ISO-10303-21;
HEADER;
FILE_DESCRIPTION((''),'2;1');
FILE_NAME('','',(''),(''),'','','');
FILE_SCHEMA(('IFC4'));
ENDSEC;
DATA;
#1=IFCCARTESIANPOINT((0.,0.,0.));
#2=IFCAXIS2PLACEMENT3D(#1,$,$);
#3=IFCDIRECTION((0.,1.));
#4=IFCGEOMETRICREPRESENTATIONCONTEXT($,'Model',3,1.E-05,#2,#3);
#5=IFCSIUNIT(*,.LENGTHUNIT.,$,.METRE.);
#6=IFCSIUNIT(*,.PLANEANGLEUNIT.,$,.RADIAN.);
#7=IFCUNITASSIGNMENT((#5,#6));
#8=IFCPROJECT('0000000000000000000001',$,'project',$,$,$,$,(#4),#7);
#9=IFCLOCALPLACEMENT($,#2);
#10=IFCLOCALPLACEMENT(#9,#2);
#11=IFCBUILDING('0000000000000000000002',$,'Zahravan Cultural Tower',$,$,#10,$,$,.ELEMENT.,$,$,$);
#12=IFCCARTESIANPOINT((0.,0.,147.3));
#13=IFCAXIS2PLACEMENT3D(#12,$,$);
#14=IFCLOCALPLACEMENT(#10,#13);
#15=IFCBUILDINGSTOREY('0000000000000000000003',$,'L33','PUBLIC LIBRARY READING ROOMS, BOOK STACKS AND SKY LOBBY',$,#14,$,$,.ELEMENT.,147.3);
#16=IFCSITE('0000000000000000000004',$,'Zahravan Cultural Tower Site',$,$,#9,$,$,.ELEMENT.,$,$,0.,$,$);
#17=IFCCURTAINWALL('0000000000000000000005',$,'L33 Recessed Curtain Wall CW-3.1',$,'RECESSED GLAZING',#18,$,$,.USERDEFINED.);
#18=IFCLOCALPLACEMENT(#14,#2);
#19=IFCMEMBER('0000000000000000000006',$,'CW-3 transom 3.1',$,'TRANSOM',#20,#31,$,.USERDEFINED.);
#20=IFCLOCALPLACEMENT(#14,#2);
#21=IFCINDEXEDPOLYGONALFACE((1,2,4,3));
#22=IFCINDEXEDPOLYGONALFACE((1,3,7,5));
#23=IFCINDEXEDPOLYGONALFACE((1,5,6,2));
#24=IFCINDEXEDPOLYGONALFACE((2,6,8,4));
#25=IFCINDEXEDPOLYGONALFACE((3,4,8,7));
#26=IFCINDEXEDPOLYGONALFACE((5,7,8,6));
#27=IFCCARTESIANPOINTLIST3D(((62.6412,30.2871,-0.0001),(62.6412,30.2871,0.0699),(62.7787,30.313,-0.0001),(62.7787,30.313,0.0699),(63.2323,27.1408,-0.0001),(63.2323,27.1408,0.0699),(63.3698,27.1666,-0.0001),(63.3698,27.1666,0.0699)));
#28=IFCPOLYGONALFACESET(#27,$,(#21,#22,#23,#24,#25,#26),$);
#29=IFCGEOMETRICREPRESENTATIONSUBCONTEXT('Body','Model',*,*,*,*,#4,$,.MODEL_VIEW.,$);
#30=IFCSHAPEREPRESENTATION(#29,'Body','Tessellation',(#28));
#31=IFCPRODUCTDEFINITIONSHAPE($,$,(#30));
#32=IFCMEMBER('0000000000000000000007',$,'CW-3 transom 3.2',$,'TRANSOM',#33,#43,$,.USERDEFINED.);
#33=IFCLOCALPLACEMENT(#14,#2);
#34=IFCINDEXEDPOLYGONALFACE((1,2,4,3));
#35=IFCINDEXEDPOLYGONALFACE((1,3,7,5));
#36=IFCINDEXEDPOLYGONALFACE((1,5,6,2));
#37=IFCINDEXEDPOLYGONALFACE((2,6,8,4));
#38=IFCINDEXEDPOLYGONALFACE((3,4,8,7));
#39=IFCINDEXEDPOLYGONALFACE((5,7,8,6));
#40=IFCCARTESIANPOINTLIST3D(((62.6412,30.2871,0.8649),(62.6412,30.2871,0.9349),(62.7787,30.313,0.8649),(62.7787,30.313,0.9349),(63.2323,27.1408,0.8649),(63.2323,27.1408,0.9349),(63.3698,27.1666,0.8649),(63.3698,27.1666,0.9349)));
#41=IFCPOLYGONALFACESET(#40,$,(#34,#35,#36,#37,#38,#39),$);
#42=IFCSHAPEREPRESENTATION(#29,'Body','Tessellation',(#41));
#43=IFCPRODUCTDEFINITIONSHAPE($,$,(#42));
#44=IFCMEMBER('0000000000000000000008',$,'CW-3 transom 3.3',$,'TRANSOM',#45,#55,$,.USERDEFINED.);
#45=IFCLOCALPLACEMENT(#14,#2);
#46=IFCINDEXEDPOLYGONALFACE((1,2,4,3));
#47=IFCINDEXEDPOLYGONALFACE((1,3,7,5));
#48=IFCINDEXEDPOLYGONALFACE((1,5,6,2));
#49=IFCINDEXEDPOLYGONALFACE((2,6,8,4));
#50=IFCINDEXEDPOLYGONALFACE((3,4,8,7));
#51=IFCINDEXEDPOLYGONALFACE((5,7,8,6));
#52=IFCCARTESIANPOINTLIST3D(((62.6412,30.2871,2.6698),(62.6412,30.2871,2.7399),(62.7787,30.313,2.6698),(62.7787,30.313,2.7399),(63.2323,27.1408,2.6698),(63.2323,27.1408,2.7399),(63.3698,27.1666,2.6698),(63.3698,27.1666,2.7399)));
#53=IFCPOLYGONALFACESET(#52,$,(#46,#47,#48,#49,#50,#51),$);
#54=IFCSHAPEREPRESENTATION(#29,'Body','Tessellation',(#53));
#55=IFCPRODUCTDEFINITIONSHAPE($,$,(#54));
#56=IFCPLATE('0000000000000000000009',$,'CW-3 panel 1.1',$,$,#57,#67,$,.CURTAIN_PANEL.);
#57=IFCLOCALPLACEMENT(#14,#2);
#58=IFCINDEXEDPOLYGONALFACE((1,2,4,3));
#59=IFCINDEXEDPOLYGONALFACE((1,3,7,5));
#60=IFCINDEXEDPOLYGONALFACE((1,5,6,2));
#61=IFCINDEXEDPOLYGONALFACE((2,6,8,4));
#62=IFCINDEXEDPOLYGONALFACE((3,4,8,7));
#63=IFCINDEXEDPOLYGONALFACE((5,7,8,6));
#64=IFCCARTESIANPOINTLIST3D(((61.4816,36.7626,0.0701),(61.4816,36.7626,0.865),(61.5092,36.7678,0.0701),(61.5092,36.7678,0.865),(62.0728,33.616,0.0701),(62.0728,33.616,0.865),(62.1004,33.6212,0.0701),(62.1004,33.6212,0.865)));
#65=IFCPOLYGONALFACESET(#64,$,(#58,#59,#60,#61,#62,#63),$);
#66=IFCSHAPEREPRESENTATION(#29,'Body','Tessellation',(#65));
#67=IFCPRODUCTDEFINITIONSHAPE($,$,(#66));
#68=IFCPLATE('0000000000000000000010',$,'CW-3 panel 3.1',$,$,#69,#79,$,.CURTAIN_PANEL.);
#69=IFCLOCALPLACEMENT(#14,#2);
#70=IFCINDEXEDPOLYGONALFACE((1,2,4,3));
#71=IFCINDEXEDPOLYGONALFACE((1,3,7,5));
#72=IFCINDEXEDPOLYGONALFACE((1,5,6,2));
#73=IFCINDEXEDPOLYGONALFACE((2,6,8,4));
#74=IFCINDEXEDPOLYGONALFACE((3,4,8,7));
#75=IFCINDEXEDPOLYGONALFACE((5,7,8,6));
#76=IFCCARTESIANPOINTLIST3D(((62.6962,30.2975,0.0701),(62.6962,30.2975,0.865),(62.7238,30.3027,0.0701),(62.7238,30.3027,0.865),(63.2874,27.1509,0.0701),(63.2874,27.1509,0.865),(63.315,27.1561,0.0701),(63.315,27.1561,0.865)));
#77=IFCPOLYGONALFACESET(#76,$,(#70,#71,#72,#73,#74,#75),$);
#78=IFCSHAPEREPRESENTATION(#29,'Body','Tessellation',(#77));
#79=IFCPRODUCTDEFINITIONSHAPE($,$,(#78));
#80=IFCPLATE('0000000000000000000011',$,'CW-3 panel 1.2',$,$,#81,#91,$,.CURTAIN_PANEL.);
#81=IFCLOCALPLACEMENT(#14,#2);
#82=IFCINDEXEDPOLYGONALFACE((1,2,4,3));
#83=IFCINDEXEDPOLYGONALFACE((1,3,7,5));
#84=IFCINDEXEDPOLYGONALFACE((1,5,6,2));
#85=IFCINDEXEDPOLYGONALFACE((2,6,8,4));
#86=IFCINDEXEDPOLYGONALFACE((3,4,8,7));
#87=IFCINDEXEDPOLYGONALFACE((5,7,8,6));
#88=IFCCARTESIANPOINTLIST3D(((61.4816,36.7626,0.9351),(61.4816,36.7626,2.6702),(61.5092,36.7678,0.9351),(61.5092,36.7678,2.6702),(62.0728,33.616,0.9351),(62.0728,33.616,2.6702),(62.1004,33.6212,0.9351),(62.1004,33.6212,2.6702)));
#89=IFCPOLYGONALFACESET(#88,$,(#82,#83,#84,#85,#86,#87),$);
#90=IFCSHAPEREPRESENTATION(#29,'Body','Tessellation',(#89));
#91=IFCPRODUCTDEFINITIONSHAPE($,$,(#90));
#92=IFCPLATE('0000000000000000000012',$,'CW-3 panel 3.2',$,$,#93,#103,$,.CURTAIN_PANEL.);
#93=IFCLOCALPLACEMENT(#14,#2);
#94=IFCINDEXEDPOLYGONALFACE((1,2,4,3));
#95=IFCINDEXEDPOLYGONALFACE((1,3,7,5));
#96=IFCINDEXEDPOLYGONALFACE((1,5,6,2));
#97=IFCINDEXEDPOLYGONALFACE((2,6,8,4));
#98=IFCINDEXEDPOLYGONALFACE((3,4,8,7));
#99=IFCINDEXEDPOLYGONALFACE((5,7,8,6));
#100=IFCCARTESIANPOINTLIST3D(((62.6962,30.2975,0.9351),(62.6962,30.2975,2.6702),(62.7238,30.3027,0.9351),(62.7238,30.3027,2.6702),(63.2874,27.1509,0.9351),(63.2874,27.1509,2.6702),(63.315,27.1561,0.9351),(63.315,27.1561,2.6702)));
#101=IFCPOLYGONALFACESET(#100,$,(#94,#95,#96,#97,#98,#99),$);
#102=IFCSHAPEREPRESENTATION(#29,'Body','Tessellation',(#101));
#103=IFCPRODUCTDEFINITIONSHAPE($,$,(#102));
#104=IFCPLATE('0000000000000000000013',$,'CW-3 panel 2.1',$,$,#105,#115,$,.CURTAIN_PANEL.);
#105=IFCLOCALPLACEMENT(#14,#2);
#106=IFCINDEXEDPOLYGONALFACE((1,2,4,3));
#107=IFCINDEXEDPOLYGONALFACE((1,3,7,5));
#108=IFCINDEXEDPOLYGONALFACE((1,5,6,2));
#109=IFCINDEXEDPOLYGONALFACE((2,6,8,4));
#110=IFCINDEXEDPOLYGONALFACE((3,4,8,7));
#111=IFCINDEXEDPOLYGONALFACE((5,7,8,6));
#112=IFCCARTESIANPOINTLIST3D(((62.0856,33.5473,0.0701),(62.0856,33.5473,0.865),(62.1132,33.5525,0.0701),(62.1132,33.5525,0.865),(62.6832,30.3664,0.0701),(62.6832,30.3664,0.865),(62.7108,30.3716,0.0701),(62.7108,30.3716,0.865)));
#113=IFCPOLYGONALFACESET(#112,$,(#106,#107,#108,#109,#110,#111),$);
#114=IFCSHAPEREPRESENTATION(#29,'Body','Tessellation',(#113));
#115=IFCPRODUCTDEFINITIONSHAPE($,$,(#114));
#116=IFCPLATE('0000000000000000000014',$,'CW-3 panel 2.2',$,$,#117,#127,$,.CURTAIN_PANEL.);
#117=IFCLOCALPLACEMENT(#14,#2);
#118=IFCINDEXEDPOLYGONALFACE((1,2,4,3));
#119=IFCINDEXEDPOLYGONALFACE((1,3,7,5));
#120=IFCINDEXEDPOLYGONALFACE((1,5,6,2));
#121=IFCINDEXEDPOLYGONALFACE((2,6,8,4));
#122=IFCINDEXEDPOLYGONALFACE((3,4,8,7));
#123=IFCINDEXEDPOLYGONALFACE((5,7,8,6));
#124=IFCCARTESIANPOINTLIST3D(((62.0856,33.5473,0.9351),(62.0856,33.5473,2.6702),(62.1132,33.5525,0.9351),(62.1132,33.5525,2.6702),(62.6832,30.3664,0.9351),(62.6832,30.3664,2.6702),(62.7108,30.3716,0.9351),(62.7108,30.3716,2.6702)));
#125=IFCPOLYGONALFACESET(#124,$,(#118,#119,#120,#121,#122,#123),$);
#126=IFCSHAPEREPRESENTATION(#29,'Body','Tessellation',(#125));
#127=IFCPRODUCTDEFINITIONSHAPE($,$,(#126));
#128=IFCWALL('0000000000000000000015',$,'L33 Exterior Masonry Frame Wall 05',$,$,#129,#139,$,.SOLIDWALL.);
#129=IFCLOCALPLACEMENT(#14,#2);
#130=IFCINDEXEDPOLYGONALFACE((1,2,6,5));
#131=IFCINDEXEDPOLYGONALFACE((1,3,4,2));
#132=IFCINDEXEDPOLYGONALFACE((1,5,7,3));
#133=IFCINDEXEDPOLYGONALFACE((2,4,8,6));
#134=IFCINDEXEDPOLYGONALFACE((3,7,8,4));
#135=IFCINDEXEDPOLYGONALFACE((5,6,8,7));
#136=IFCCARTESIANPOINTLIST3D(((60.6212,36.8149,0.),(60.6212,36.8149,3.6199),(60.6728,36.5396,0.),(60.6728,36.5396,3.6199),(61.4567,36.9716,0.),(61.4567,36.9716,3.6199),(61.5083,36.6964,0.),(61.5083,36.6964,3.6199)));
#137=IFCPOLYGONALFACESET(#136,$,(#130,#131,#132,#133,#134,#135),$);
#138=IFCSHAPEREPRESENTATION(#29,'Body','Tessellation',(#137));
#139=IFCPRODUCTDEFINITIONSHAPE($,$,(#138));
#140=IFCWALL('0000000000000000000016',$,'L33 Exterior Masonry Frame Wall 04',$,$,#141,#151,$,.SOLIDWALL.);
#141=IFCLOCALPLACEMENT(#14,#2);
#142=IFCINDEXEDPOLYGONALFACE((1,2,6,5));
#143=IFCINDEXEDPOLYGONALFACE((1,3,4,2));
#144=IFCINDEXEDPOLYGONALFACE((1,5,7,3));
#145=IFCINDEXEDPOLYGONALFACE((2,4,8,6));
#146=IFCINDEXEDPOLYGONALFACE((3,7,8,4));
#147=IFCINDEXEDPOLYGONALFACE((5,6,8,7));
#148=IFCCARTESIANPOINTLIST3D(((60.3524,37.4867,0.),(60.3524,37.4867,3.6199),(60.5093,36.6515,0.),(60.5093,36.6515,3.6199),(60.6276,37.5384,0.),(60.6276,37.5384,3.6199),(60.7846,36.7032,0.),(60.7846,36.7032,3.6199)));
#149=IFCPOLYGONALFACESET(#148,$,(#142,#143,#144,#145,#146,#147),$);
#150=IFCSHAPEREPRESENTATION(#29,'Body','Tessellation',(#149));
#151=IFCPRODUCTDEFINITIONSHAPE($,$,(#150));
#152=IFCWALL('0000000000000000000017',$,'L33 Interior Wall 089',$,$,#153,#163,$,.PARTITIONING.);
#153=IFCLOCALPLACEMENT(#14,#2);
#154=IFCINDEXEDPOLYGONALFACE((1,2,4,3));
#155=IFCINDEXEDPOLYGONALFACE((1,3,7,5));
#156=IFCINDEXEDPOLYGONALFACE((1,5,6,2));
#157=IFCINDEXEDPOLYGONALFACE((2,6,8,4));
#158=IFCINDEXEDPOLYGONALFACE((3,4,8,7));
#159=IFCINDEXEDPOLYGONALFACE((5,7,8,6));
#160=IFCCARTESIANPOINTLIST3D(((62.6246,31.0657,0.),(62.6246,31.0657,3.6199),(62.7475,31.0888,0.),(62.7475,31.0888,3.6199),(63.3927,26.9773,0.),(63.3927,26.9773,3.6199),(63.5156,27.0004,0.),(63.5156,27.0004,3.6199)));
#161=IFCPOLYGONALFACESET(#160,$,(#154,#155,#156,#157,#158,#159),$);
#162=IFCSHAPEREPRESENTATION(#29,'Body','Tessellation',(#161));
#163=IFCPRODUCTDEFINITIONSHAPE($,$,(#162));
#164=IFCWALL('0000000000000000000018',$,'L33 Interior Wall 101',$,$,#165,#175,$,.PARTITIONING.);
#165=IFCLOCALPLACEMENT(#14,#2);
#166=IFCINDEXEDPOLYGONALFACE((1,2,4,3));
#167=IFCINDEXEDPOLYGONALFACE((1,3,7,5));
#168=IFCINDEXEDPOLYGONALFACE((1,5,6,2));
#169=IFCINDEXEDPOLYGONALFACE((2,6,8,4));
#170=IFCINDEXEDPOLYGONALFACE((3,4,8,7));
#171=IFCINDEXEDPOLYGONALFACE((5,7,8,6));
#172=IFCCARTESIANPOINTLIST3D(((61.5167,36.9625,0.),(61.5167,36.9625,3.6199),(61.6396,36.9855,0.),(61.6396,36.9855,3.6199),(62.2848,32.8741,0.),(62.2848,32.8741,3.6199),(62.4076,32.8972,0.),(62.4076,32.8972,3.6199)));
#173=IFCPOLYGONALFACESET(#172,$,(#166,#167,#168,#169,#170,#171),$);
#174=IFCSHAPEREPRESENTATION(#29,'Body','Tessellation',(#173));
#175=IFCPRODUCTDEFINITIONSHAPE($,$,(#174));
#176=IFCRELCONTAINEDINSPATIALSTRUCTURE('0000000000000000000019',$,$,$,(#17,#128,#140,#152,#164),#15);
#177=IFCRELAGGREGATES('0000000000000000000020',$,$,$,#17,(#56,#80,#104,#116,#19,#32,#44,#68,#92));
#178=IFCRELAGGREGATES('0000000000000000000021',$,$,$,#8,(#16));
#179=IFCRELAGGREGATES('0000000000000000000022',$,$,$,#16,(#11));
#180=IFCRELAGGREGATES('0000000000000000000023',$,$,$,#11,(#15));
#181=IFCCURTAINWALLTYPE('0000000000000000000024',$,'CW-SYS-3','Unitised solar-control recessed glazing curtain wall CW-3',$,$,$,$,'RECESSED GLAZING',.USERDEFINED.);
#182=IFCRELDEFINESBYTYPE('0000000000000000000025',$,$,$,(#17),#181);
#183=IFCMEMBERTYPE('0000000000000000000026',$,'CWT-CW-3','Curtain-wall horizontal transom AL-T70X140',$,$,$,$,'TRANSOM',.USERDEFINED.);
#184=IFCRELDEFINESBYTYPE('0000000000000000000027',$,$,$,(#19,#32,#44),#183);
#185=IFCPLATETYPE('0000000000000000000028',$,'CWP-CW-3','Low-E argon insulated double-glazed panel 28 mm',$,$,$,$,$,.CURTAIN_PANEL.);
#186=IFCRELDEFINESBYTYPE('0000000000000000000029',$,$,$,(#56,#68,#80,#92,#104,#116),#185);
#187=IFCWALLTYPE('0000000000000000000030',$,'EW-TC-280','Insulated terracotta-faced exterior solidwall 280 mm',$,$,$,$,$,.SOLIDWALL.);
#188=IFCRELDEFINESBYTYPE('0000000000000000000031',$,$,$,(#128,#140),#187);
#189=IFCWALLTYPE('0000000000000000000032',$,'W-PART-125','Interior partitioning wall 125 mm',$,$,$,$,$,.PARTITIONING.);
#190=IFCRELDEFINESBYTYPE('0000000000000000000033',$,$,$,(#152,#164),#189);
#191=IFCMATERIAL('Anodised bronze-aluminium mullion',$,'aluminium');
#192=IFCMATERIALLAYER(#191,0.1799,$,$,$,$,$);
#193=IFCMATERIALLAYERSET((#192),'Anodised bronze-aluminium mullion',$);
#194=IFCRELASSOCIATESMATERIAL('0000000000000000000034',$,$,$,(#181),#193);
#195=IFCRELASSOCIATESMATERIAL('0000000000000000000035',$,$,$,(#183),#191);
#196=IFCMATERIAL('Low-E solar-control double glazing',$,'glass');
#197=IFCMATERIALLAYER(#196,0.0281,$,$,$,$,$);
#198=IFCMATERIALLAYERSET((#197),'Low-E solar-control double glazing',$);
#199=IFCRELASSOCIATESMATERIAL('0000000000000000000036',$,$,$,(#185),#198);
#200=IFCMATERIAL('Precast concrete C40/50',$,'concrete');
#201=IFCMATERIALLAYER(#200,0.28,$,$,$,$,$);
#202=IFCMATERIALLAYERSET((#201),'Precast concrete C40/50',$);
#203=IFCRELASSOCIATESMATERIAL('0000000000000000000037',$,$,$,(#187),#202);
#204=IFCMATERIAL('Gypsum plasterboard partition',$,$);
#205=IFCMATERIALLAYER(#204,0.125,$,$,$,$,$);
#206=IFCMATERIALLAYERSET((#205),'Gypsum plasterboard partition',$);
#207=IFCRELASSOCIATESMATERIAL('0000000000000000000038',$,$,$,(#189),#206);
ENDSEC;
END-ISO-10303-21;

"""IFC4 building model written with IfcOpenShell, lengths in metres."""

from ifc_helpers import new_model, si_unit, direction, frame, frame_2d, origin, origin_2d, place, context, subcontext, project, spatial, rectangle, extrude, source, transform, mapped, material, layer, layer_set, material_profile, profile_set, type_object, element, aggregate, save


model = new_model("IFC4")

# Units and contexts
model_context = context("Model", 3, precision=1e-05, world=origin(), true_north=direction((0.0, 1.0)))
body_context = subcontext(model_context, "Body", "Model", "MODEL_VIEW")
ifc_project = project(units=[si_unit("LENGTHUNIT", "METRE"), si_unit("PLANEANGLEUNIT", "RADIAN")], contexts=[model_context])

# Site, building, storey
site_placement = place(None, origin())
site = spatial("IfcSite", under=ifc_project, at=site_placement, Name="Zahravan Cultural Tower Site", CompositionType="ELEMENT", RefElevation=0.0)
building_placement = place(site_placement, origin())
building = spatial("IfcBuilding", under=site, at=building_placement, Name="Zahravan Cultural Tower", CompositionType="ELEMENT")
storey_placement = place(building_placement, frame((0.0, 0.0, 147.3)))
storey = spatial("IfcBuildingStorey", under=building, at=storey_placement, Name="L33", Description="PUBLIC LIBRARY READING ROOMS, BOOK STACKS AND SKY LOBBY", CompositionType="ELEMENT", Elevation=147.3)

# Curtain wall, members, plates
ifc_material_1 = material(Name="Anodised bronze-aluminium mullion", Category="aluminium")
ifc_layer_1 = layer(ifc_material_1, 0.1799)
ifc_layer_set_1 = layer_set([ifc_layer_1], Name="Anodised bronze-aluminium mullion")
curtain_wall_type = type_object("IfcCurtainWallType", Name="CW-SYS-3", Description="Unitised solar-control recessed glazing curtain wall CW-3", ElementType="RECESSED GLAZING", PredefinedType="USERDEFINED", material=ifc_layer_set_1)
curtain_wall_placement = place(storey_placement, origin())
curtain_wall = element("IfcCurtainWall", 1, at=curtain_wall_placement, inside=storey, type_object=curtain_wall_type, Name="L33 Recessed Curtain Wall CW-3.1", ObjectType="RECESSED GLAZING", PredefinedType="USERDEFINED")
ifc_material_profile_1 = material_profile(ifc_material_1, rectangle(XDim=0.1399, YDim=0.0701, at=origin_2d()), Name="AL-T70X140")
ifc_profile_set_1 = profile_set([ifc_material_profile_1], Name="Anodised bronze-aluminium mullion")
member_type_1 = type_object("IfcMemberType", Name="CWT-CW-3", Description="Curtain-wall horizontal transom AL-T70X140", ElementType="TRANSOM", PredefinedType="USERDEFINED", material=ifc_profile_set_1)
shared_shape_1 = source(origin(), body_context, "Body", "SweptSolid", [
    extrude(rectangle(XDim=0.1399, YDim=0.0701, at=origin_2d()), origin(), (0.0, 0.0, 1.0), 3.2014),
])
member_1_placement = place(storey_placement, frame((62.71, 30.3, 0.0349), z_axis=(0.18462, -0.98281, 0.0), x_axis=(0.98281, 0.18462, 0.0)))
member_1 = element("IfcMember", 2, at=member_1_placement, type_object=member_type_1, Name="CW-3 transom 3.1", ObjectType="TRANSOM", PredefinedType="USERDEFINED", context=body_context, shape_type="MappedRepresentation", body=[
    mapped(shared_shape_1, transform((0.0, 0.0, 0.0), x_axis=(1.0, 0.0, 0.0), y_axis=(0.0, 1.0, 0.0), z_axis=(0.0, 0.0, 1.0), scale=1.0)),
])
member_2_placement = place(storey_placement, frame((62.71, 30.3, 0.8999), z_axis=(0.18462, -0.98281, 0.0), x_axis=(0.98281, 0.18462, 0.0)))
member_2 = element("IfcMember", 3, at=member_2_placement, type_object=member_type_1, Name="CW-3 transom 3.2", ObjectType="TRANSOM", PredefinedType="USERDEFINED", context=body_context, shape_type="MappedRepresentation", body=[
    mapped(shared_shape_1, transform((0.0, 0.0, 0.0), x_axis=(1.0, 0.0, 0.0), y_axis=(0.0, 1.0, 0.0), z_axis=(0.0, 0.0, 1.0), scale=1.0)),
])
member_3_placement = place(storey_placement, frame((62.71, 30.3, 2.7048), z_axis=(0.18462, -0.98281, 0.0), x_axis=(0.98281, 0.18462, 0.0)))
member_3 = element("IfcMember", 4, at=member_3_placement, type_object=member_type_1, Name="CW-3 transom 3.3", ObjectType="TRANSOM", PredefinedType="USERDEFINED", context=body_context, shape_type="MappedRepresentation", body=[
    mapped(shared_shape_1, transform((0.0, 0.0, 0.0), x_axis=(1.0, 0.0, 0.0), y_axis=(0.0, 1.0, 0.0), z_axis=(0.0, 0.0, 1.0), scale=1.0)),
])
ifc_material_2 = material(Name="Low-E solar-control double glazing", Category="glass")
ifc_layer_2 = layer(ifc_material_2, 0.0281)
ifc_layer_set_2 = layer_set([ifc_layer_2], Name="Low-E solar-control double glazing")
plate_type = type_object("IfcPlateType", Name="CWP-CW-3", Description="Low-E argon insulated double-glazed panel 28 mm", PredefinedType="CURTAIN_PANEL", material=ifc_layer_set_2)
shared_shape_2 = source(origin(), body_context, "Body", "SweptSolid", [
    extrude(rectangle(XDim=3.2017, YDim=0.0281, at=origin_2d()), origin(), (0.0, 0.0, 1.0), 0.7949),
])
plate_1_placement = place(storey_placement, frame((61.791, 35.1919, 0.0701), z_axis=(0.0, 0.0, 1.0), x_axis=(0.184638, -0.982807, 0.0)))
plate_1 = element("IfcPlate", 5, at=plate_1_placement, type_object=plate_type, Name="CW-3 panel 1.1", PredefinedType="CURTAIN_PANEL", context=body_context, shape_type="MappedRepresentation", body=[
    mapped(shared_shape_2, transform((0.0, 0.0, 0.0), x_axis=(1.0, 0.0, 0.0), y_axis=(0.0, 1.0, 0.0), z_axis=(0.0, 0.0, 1.0), scale=1.0)),
])
plate_2_placement = place(storey_placement, frame((63.0056, 28.7268, 0.0701), z_axis=(0.0, 0.0, 1.0), x_axis=(0.184638, -0.982807, 0.0)))
plate_2 = element("IfcPlate", 6, at=plate_2_placement, type_object=plate_type, Name="CW-3 panel 3.1", PredefinedType="CURTAIN_PANEL", context=body_context, shape_type="MappedRepresentation", body=[
    mapped(shared_shape_2, transform((0.0, 0.0, 0.0), x_axis=(1.0, 0.0, 0.0), y_axis=(0.0, 1.0, 0.0), z_axis=(0.0, 0.0, 1.0), scale=1.0)),
])
shared_shape_3 = source(origin(), body_context, "Body", "SweptSolid", [
    extrude(rectangle(XDim=3.2017, YDim=0.0281, at=origin_2d()), origin(), (0.0, 0.0, 1.0), 1.7351),
])
plate_3_placement = place(storey_placement, frame((61.791, 35.1919, 0.9351), z_axis=(0.0, 0.0, 1.0), x_axis=(0.184638, -0.982807, 0.0)))
plate_3 = element("IfcPlate", 7, at=plate_3_placement, type_object=plate_type, Name="CW-3 panel 1.2", PredefinedType="CURTAIN_PANEL", context=body_context, shape_type="MappedRepresentation", body=[
    mapped(shared_shape_3, transform((0.0, 0.0, 0.0), x_axis=(1.0, 0.0, 0.0), y_axis=(0.0, 1.0, 0.0), z_axis=(0.0, 0.0, 1.0), scale=1.0)),
])
plate_4_placement = place(storey_placement, frame((63.0056, 28.7268, 0.9351), z_axis=(0.0, 0.0, 1.0), x_axis=(0.184638, -0.982807, 0.0)))
plate_4 = element("IfcPlate", 8, at=plate_4_placement, type_object=plate_type, Name="CW-3 panel 3.2", PredefinedType="CURTAIN_PANEL", context=body_context, shape_type="MappedRepresentation", body=[
    mapped(shared_shape_3, transform((0.0, 0.0, 0.0), x_axis=(1.0, 0.0, 0.0), y_axis=(0.0, 1.0, 0.0), z_axis=(0.0, 0.0, 1.0), scale=1.0)),
])
shared_shape_4 = source(origin(), body_context, "Body", "SweptSolid", [
    extrude(rectangle(XDim=3.2366, YDim=0.0281, at=origin_2d()), origin(), (0.0, 0.0, 1.0), 0.7949),
])
plate_5_placement = place(storey_placement, frame((62.3982, 31.9595, 0.0701), z_axis=(0.0, 0.0, 1.0), x_axis=(0.184638, -0.982807, 0.0)))
plate_5 = element("IfcPlate", 9, at=plate_5_placement, type_object=plate_type, Name="CW-3 panel 2.1", PredefinedType="CURTAIN_PANEL", context=body_context, shape_type="MappedRepresentation", body=[
    mapped(shared_shape_4, transform((0.0, 0.0, 0.0), x_axis=(1.0, 0.0, 0.0), y_axis=(0.0, 1.0, 0.0), z_axis=(0.0, 0.0, 1.0), scale=1.0)),
])
shared_shape_5 = source(origin(), body_context, "Body", "SweptSolid", [
    extrude(rectangle(XDim=3.2366, YDim=0.0281, at=origin_2d()), origin(), (0.0, 0.0, 1.0), 1.7351),
])
plate_6_placement = place(storey_placement, frame((62.3982, 31.9595, 0.9351), z_axis=(0.0, 0.0, 1.0), x_axis=(0.184638, -0.982807, 0.0)))
plate_6 = element("IfcPlate", 10, at=plate_6_placement, type_object=plate_type, Name="CW-3 panel 2.2", PredefinedType="CURTAIN_PANEL", context=body_context, shape_type="MappedRepresentation", body=[
    mapped(shared_shape_5, transform((0.0, 0.0, 0.0), x_axis=(1.0, 0.0, 0.0), y_axis=(0.0, 1.0, 0.0), z_axis=(0.0, 0.0, 1.0), scale=1.0)),
])
aggregate(curtain_wall, [plate_1, plate_3, plate_5, plate_6, member_1, member_2, member_3, plate_2, plate_4])

# Walls
ifc_material_3 = material(Name="Precast concrete C40/50", Category="concrete")
ifc_layer_3 = layer(ifc_material_3, 0.28)
ifc_layer_set_3 = layer_set([ifc_layer_3], Name="Precast concrete C40/50")
wall_type_1 = type_object("IfcWallType", Name="EW-TC-280", Description="Insulated terracotta-faced exterior solidwall 280 mm", PredefinedType="SOLIDWALL", material=ifc_layer_set_3)
shared_shape_6 = source(origin(), body_context, "Body", "SweptSolid", [
    extrude(rectangle(XDim=0.8501, YDim=0.28, at=frame_2d((0.425, 0.0))), origin(), (0.0, 0.0, 1.0), 3.6199),
])
wall_1_placement = place(storey_placement, frame((60.647, 36.6772, 0.0), z_axis=(0.0, 0.0, 1.0), x_axis=(0.982853, 0.184393, 0.0)))
element("IfcWall", 11, at=wall_1_placement, inside=storey, type_object=wall_type_1, Name="L33 Exterior Masonry Frame Wall 05", PredefinedType="SOLIDWALL", context=body_context, shape_type="MappedRepresentation", body=[
    mapped(shared_shape_6, transform((0.0, 0.0, 0.0), x_axis=(1.0, 0.0, 0.0), y_axis=(0.0, 1.0, 0.0), z_axis=(0.0, 0.0, 1.0), scale=1.0)),
])
shared_shape_7 = source(origin(), body_context, "Body", "SweptSolid", [
    extrude(rectangle(XDim=0.8499, YDim=0.28, at=frame_2d((0.4248, 0.0))), origin(), (0.0, 0.0, 1.0), 3.6199),
])
wall_2_placement = place(storey_placement, frame((60.49, 37.5125, 0.0), z_axis=(0.0, 0.0, 1.0), x_axis=(0.184722, -0.982791, 0.0)))
element("IfcWall", 12, at=wall_2_placement, inside=storey, type_object=wall_type_1, Name="L33 Exterior Masonry Frame Wall 04", PredefinedType="SOLIDWALL", context=body_context, shape_type="MappedRepresentation", body=[
    mapped(shared_shape_7, transform((0.0, 0.0, 0.0), x_axis=(1.0, 0.0, 0.0), y_axis=(0.0, 1.0, 0.0), z_axis=(0.0, 0.0, 1.0), scale=1.0)),
])
ifc_material_4 = material(Name="Gypsum plasterboard partition")
ifc_layer_4 = layer(ifc_material_4, 0.125)
ifc_layer_set_4 = layer_set([ifc_layer_4], Name="Gypsum plasterboard partition")
wall_type_2 = type_object("IfcWallType", Name="W-PART-125", Description="Interior partitioning wall 125 mm", PredefinedType="PARTITIONING", material=ifc_layer_set_4)
shared_shape_8 = source(origin(), body_context, "Body", "SweptSolid", [
    extrude(rectangle(XDim=4.1599, YDim=0.125, at=frame_2d((2.0801, 0.0))), origin(), (0.0, 0.0, 1.0), 3.6199),
])
for number, where, z_axis, x_axis, name in (
    (13, (62.686, 31.0774, 0.0), (0.0, 0.0, 1.0), (0.184636, -0.982807, 0.0), "L33 Interior Wall 089"),
    (14, (61.5781, 36.9741, 0.0), (0.0, 0.0, 1.0), (0.184636, -0.982807, 0.0), "L33 Interior Wall 101"),
):
    element("IfcWall", number, at=place(storey_placement, frame(where, z_axis=z_axis, x_axis=x_axis)), inside=storey, type_object=wall_type_2, Name=name, PredefinedType="PARTITIONING", context=body_context, shape_type="MappedRepresentation", body=[
        mapped(shared_shape_8, transform((0.0, 0.0, 0.0), x_axis=(1.0, 0.0, 0.0), y_axis=(0.0, 1.0, 0.0), z_axis=(0.0, 0.0, 1.0), scale=1.0)),
    ])

save(model, "model.ifc")
